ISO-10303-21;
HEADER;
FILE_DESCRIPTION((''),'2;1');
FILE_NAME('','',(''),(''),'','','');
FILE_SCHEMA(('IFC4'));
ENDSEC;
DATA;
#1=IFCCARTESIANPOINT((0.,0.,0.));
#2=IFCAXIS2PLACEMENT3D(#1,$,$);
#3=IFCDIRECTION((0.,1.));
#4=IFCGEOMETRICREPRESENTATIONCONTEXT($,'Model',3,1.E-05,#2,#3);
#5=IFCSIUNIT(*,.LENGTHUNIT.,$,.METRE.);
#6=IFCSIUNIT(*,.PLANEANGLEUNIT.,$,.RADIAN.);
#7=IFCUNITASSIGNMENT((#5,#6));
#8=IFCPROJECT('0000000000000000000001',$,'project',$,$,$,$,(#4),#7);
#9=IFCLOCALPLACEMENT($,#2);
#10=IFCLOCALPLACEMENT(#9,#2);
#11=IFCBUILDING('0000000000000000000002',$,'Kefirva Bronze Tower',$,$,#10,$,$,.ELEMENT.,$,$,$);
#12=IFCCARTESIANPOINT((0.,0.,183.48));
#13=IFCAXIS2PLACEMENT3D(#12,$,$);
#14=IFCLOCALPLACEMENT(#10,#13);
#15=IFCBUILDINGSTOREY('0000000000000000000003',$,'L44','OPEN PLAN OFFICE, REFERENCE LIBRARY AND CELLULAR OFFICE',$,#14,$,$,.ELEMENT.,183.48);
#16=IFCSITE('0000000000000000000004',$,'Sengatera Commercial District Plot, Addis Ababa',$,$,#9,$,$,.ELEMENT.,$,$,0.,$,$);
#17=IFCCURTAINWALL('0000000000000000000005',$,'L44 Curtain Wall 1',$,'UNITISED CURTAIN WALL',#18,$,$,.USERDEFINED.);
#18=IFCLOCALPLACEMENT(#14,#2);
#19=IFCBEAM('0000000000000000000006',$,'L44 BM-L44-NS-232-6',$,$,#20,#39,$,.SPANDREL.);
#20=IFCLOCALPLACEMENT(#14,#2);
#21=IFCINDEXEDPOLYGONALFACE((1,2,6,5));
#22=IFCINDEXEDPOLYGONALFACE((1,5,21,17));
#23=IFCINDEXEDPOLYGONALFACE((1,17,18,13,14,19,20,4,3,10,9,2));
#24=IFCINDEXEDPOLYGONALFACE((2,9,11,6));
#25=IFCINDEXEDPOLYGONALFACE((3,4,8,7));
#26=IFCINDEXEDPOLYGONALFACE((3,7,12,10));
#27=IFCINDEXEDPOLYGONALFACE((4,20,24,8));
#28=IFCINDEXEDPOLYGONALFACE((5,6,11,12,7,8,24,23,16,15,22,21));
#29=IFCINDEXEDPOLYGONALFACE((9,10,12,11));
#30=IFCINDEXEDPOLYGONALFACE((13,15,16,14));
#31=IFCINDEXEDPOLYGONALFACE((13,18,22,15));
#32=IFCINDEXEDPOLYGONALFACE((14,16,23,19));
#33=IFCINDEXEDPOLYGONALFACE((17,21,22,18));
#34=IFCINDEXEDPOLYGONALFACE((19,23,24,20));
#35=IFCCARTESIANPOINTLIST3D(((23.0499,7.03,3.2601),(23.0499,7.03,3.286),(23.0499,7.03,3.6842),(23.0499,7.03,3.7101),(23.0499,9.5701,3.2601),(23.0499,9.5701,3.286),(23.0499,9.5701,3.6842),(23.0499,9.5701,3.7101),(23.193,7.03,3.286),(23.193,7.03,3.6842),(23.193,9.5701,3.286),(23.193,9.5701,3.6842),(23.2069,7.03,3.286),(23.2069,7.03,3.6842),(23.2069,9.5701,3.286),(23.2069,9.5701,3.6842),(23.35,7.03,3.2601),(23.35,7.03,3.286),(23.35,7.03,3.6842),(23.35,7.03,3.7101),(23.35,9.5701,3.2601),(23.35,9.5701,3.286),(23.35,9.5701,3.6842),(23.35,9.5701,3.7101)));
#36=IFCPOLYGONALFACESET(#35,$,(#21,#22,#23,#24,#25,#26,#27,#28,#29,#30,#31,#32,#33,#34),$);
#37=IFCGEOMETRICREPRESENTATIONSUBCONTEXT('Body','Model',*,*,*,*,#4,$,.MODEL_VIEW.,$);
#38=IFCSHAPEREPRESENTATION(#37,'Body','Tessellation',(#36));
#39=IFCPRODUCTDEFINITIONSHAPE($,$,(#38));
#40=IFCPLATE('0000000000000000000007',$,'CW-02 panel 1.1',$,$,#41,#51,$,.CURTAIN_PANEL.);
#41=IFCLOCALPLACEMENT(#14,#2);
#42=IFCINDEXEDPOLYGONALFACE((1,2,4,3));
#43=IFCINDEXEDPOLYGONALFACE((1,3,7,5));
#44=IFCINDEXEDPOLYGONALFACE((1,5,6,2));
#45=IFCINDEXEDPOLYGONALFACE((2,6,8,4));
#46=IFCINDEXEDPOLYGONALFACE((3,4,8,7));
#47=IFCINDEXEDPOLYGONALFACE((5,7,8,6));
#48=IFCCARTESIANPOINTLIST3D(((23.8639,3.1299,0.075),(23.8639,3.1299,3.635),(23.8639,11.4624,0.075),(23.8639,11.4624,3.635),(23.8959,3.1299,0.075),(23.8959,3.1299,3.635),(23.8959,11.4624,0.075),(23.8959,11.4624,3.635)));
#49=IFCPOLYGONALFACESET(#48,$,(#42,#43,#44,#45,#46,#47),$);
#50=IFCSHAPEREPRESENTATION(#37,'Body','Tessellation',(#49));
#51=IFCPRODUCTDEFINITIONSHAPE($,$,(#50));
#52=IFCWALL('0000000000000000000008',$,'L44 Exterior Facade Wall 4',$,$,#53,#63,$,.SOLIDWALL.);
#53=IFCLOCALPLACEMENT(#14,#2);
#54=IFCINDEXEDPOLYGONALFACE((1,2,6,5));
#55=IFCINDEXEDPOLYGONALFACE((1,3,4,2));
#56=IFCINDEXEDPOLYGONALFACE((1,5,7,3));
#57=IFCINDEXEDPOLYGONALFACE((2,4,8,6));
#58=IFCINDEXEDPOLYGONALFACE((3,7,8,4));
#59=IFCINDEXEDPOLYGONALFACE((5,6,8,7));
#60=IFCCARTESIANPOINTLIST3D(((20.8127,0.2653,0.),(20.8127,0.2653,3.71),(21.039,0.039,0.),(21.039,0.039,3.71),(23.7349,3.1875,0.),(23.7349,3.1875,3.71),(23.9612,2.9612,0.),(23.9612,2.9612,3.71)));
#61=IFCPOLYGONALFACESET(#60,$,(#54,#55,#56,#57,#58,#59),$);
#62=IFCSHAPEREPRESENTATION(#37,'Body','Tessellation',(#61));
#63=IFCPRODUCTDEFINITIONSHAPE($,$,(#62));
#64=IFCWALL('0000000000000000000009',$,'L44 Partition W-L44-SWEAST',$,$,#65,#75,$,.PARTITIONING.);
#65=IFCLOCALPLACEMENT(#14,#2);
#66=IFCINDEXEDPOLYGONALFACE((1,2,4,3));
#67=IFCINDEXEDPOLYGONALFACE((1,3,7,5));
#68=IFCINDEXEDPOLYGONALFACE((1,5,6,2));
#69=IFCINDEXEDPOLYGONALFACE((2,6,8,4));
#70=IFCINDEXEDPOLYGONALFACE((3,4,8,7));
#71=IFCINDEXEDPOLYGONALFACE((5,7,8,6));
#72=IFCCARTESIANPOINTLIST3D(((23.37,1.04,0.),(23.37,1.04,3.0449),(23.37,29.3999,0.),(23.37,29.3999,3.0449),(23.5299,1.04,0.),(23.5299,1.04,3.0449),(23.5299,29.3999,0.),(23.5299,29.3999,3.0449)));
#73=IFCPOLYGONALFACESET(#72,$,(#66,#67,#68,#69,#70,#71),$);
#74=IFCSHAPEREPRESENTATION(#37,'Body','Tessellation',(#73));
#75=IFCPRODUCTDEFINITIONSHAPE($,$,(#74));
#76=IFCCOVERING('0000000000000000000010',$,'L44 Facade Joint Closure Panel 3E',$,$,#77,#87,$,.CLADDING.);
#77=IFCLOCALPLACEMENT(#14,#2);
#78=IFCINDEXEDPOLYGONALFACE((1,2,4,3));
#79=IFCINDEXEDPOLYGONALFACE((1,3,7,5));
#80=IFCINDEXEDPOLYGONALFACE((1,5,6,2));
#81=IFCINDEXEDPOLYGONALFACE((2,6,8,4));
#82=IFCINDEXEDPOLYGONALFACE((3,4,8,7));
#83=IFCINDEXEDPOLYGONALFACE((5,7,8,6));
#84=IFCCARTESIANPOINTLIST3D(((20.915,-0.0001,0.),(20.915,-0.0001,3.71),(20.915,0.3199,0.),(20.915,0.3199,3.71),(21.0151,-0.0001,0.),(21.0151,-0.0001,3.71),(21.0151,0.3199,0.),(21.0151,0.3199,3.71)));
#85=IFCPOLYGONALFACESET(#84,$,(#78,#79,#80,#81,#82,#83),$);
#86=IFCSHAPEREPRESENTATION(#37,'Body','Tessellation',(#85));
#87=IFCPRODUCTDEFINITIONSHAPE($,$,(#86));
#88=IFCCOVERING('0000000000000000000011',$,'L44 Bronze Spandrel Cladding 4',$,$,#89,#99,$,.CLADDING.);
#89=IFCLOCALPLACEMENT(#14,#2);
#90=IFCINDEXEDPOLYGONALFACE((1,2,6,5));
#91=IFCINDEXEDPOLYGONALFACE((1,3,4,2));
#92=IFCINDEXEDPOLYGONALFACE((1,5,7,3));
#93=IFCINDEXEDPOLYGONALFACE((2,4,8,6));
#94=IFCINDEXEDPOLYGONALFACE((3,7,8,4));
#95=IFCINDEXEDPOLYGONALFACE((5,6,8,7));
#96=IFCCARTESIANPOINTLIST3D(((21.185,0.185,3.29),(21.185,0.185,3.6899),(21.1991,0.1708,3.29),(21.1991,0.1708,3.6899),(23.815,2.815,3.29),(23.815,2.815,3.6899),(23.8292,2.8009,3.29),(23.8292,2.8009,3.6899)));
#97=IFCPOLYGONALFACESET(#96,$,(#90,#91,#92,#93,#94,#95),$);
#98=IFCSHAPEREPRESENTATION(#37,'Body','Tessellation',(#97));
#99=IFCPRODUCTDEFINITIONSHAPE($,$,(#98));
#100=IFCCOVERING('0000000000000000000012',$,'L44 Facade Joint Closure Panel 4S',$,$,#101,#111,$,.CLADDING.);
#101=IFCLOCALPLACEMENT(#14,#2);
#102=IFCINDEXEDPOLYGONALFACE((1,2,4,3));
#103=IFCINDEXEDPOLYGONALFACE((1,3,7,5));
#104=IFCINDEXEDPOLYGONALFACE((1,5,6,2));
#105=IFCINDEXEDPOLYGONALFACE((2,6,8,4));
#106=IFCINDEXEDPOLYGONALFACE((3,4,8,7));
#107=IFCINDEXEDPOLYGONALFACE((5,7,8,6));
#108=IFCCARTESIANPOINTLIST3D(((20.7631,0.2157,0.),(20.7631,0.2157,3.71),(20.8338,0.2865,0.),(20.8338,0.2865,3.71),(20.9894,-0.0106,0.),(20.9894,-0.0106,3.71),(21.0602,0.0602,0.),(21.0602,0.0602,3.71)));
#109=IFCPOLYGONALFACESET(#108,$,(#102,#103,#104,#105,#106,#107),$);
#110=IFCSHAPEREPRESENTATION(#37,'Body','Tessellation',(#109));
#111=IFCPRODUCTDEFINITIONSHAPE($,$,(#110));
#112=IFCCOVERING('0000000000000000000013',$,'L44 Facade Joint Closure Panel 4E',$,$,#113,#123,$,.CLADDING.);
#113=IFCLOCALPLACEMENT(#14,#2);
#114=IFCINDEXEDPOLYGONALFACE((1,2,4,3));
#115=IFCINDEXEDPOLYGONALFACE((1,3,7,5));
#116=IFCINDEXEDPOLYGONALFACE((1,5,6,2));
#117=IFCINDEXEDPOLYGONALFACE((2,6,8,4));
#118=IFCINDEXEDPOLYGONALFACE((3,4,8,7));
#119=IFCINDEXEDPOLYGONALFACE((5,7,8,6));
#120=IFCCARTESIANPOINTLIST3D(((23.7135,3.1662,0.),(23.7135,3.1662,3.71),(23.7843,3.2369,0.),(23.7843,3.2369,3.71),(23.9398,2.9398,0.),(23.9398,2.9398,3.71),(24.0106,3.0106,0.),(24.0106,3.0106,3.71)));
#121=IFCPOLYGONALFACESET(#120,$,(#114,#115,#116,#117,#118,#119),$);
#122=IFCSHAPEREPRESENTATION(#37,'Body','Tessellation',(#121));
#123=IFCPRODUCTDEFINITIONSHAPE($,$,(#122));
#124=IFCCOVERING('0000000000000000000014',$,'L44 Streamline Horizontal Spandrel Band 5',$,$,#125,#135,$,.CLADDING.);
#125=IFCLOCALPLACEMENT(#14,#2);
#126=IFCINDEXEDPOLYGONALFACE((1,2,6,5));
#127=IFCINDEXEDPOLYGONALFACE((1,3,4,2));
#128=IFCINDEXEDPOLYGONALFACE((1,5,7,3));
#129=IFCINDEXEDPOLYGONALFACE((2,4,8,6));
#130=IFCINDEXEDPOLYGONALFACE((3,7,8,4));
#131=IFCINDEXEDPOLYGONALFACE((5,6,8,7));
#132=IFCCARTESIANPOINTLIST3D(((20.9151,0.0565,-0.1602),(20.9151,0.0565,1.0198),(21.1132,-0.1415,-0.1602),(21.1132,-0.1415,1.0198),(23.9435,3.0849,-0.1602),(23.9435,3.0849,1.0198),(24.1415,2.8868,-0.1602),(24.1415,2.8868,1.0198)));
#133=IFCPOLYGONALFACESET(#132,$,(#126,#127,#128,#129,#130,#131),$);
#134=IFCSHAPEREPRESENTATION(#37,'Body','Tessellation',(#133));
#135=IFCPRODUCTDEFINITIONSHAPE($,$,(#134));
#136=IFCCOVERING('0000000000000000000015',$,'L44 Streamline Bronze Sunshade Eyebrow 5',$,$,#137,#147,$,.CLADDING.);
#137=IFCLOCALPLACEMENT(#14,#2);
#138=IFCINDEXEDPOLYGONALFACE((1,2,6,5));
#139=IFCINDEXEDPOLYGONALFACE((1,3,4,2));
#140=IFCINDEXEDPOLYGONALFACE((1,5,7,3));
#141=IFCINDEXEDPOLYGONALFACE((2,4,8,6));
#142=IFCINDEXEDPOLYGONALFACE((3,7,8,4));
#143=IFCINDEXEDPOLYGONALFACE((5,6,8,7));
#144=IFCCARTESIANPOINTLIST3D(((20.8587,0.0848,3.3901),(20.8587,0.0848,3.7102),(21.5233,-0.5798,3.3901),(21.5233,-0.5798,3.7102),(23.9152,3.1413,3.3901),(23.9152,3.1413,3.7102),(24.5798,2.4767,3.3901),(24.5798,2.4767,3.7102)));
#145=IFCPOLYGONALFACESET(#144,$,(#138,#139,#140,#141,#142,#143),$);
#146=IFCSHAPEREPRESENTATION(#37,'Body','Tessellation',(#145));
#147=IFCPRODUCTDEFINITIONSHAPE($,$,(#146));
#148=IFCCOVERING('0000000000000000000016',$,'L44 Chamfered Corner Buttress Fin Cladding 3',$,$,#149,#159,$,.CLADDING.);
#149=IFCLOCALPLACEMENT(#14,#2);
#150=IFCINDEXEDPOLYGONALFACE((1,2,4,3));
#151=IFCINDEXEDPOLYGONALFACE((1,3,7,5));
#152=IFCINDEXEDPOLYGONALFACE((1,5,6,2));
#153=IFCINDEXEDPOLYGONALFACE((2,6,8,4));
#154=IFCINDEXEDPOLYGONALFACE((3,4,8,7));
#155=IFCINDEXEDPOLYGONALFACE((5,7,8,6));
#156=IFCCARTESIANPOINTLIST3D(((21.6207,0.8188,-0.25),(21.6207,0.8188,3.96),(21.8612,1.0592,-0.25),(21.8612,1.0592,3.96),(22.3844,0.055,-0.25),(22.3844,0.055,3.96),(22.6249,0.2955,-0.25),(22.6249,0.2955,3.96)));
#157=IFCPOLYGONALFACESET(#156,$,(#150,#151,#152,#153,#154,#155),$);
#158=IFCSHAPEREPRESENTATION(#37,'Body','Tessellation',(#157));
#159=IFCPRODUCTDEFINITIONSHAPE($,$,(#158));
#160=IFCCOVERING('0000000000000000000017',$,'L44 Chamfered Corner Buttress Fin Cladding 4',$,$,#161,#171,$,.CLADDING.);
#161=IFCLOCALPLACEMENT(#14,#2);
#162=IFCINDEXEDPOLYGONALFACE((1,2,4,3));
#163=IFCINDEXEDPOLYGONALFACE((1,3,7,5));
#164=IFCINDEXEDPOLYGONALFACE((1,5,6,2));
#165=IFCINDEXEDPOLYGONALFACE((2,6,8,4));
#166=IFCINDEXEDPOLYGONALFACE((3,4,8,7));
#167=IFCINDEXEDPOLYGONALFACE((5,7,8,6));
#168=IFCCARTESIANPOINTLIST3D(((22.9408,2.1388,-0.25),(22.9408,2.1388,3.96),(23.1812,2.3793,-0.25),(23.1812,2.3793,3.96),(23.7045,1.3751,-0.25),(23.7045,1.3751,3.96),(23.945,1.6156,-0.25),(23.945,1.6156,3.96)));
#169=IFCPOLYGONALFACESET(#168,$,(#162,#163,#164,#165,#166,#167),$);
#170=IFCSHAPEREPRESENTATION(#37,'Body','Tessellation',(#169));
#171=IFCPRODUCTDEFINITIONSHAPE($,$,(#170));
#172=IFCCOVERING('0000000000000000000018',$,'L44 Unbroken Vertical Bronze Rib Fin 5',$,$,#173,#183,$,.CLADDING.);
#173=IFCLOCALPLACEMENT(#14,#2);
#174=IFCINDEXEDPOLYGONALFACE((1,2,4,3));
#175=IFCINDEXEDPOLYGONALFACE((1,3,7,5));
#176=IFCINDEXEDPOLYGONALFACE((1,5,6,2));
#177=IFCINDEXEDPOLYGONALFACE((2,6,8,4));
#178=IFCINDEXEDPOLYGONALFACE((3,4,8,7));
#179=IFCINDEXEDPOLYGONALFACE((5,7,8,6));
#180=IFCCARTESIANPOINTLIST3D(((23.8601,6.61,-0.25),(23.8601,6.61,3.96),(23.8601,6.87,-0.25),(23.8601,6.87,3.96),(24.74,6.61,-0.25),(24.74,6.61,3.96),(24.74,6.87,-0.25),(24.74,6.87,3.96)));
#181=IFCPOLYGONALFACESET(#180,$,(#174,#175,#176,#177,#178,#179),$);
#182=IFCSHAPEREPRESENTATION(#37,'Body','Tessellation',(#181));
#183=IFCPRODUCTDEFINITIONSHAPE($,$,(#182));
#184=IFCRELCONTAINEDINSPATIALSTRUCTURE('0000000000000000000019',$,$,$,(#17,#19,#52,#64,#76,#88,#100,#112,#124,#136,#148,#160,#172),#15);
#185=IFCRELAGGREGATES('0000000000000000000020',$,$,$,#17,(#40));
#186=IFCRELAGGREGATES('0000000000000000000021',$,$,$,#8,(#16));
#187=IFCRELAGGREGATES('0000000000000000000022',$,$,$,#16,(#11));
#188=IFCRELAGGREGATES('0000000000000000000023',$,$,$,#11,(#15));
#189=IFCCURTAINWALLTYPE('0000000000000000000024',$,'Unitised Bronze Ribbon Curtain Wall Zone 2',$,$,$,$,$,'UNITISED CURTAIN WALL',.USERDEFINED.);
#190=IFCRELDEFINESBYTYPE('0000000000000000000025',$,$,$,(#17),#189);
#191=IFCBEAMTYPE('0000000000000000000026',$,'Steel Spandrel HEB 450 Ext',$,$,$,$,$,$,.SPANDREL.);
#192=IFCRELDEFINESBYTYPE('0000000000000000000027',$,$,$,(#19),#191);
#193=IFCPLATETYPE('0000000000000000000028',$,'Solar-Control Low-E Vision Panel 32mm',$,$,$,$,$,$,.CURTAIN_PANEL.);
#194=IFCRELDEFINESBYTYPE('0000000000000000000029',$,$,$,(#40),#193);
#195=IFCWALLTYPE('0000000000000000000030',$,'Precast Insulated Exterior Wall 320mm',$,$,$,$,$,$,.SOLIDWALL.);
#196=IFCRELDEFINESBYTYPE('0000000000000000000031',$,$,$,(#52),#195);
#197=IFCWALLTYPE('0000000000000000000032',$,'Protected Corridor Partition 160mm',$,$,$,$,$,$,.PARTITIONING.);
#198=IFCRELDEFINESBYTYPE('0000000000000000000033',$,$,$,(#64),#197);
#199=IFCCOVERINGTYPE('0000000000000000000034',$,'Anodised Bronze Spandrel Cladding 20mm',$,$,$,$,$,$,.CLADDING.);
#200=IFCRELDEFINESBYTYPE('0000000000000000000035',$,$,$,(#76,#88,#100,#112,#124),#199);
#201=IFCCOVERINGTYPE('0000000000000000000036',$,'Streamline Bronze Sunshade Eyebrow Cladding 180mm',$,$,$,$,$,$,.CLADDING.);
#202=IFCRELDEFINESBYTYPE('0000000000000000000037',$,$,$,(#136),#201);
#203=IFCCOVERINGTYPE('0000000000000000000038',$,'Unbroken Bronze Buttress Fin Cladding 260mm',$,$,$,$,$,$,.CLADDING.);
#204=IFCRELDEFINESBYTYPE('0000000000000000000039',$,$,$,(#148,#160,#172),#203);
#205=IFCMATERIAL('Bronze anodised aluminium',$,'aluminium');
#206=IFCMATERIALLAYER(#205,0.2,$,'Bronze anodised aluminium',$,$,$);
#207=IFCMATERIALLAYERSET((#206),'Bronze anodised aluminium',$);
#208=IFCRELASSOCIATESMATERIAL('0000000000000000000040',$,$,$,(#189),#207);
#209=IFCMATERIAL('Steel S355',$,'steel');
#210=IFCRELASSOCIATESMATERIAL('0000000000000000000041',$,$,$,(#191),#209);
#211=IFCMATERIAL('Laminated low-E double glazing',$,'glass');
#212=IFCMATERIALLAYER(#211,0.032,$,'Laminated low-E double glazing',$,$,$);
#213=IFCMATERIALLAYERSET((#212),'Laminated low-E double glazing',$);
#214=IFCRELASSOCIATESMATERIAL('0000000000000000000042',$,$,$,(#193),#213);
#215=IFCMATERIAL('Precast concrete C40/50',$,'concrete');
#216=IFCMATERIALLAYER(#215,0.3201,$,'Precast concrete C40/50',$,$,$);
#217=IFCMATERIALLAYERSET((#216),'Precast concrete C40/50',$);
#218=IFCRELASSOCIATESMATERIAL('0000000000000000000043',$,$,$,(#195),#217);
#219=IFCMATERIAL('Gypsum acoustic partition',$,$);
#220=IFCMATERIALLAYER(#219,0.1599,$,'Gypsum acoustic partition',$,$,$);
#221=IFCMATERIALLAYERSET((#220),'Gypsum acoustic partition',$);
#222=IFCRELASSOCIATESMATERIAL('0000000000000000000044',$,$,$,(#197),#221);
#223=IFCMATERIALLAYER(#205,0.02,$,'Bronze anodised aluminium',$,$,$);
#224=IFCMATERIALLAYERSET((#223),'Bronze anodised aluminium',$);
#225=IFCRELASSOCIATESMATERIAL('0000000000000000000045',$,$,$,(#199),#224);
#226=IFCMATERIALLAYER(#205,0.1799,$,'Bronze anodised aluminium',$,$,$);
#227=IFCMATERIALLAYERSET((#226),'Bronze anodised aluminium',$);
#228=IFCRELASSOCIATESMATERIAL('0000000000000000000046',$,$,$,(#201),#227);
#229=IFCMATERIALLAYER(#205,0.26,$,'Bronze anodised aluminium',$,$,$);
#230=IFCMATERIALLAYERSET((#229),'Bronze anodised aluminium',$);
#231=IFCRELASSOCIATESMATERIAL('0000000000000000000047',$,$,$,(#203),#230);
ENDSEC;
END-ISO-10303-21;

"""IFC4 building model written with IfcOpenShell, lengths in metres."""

from ifc_helpers import new_model, si_unit, direction, frame, frame_2d, origin, origin_2d, place, context, subcontext, project, spatial, rectangle, i_section, extrude, material, layer, layer_set, material_profile, profile_set, type_object, element, aggregate, save


model = new_model("IFC4")

# Units and contexts
model_context = context("Model", 3, precision=1e-05, world=origin(), true_north=direction((0.0, 1.0)))
body_context = subcontext(model_context, "Body", "Model", "MODEL_VIEW")
ifc_project = project(units=[si_unit("LENGTHUNIT", "METRE"), si_unit("PLANEANGLEUNIT", "RADIAN")], contexts=[model_context])

# Site, building, storey
site_placement = place(None, origin())
site = spatial("IfcSite", under=ifc_project, at=site_placement, Name="Sengatera Commercial District Plot, Addis Ababa", CompositionType="ELEMENT", RefElevation=0.0)
building_placement = place(site_placement, origin())
building = spatial("IfcBuilding", under=site, at=building_placement, Name="Kefirva Bronze Tower", CompositionType="ELEMENT")
storey_placement = place(building_placement, frame((0.0, 0.0, 183.48)))
storey = spatial("IfcBuildingStorey", under=building, at=storey_placement, Name="L44", Description="OPEN PLAN OFFICE, REFERENCE LIBRARY AND CELLULAR OFFICE", CompositionType="ELEMENT", Elevation=183.48)

# Curtain wall
ifc_material_1 = material(Name="Bronze anodised aluminium", Category="aluminium")
ifc_layer_1 = layer(ifc_material_1, 0.2, Name="Bronze anodised aluminium")
ifc_layer_set_1 = layer_set([ifc_layer_1], Name="Bronze anodised aluminium")
curtain_wall_type = type_object("IfcCurtainWallType", Name="Unitised Bronze Ribbon Curtain Wall Zone 2", ElementType="UNITISED CURTAIN WALL", PredefinedType="USERDEFINED", material=ifc_layer_set_1)
curtain_wall_placement = place(storey_placement, origin())
curtain_wall = element("IfcCurtainWall", 1, at=curtain_wall_placement, inside=storey, type_object=curtain_wall_type, Name="L44 Curtain Wall 1", ObjectType="UNITISED CURTAIN WALL", PredefinedType="USERDEFINED")

# Beam
ifc_material_2 = material(Name="Steel S355", Category="steel")
ifc_material_profile_1 = material_profile(ifc_material_2, i_section(OverallWidth=0.3, OverallDepth=0.45, WebThickness=0.0139, FlangeThickness=0.0259, at=origin_2d()), Name="HEB 450")
ifc_profile_set_1 = profile_set([ifc_material_profile_1], Name="Steel S355")
beam_type_1 = type_object("IfcBeamType", Name="Steel Spandrel HEB 450 Ext", PredefinedType="SPANDREL", material=ifc_profile_set_1)
beam_1_placement = place(storey_placement, frame((23.2, 7.03, 3.4851), z_axis=(0.0, 1.0, 0.0), x_axis=(-1.0, 0.0, 0.0)))
element("IfcBeam", 2, at=beam_1_placement, inside=storey, type_object=beam_type_1, Name="L44 BM-L44-NS-232-6", PredefinedType="SPANDREL", context=body_context, shape_type="SweptSolid", body=[
    extrude(i_section(OverallWidth=0.3, OverallDepth=0.45, WebThickness=0.0139, FlangeThickness=0.0259, at=origin_2d()), origin(), (0.0, 0.0, 1.0), 2.54),
])

# Plate
ifc_material_3 = material(Name="Laminated low-E double glazing", Category="glass")
ifc_layer_2 = layer(ifc_material_3, 0.032, Name="Laminated low-E double glazing")
ifc_layer_set_2 = layer_set([ifc_layer_2], Name="Laminated low-E double glazing")
plate_type = type_object("IfcPlateType", Name="Solar-Control Low-E Vision Panel 32mm", PredefinedType="CURTAIN_PANEL", material=ifc_layer_set_2)
plate_placement = place(storey_placement, frame((23.8799, 7.2961, 0.075), z_axis=(0.0, 0.0, 1.0), x_axis=(0.0, 1.0, 0.0)))
plate = element("IfcPlate", 3, at=plate_placement, type_object=plate_type, Name="CW-02 panel 1.1", PredefinedType="CURTAIN_PANEL", context=body_context, shape_type="SweptSolid", body=[
    extrude(rectangle(XDim=8.3325, YDim=0.032, at=origin_2d()), origin(), (0.0, 0.0, 1.0), 3.5601),
])
aggregate(curtain_wall, [plate])

# Walls
ifc_material_4 = material(Name="Precast concrete C40/50", Category="concrete")
ifc_layer_3 = layer(ifc_material_4, 0.3201, Name="Precast concrete C40/50")
ifc_layer_set_3 = layer_set([ifc_layer_3], Name="Precast concrete C40/50")
wall_type_1 = type_object("IfcWallType", Name="Precast Insulated Exterior Wall 320mm", PredefinedType="SOLIDWALL", material=ifc_layer_set_3)
wall_1_placement = place(storey_placement, frame((20.9258, 0.1521, 0.0), z_axis=(0.0, 0.0, 1.0), x_axis=(0.707107, 0.707107, 0.0)))
element("IfcWall", 4, at=wall_1_placement, inside=storey, type_object=wall_type_1, Name="L44 Exterior Facade Wall 4", PredefinedType="SOLIDWALL", context=body_context, shape_type="SweptSolid", body=[
    extrude(rectangle(XDim=4.1326, YDim=0.3201, at=frame_2d((2.0664, 0.0))), origin(), (0.0, 0.0, 1.0), 3.71),
])
ifc_material_5 = material(Name="Gypsum acoustic partition")
ifc_layer_4 = layer(ifc_material_5, 0.1599, Name="Gypsum acoustic partition")
ifc_layer_set_4 = layer_set([ifc_layer_4], Name="Gypsum acoustic partition")
wall_type_2 = type_object("IfcWallType", Name="Protected Corridor Partition 160mm", PredefinedType="PARTITIONING", material=ifc_layer_set_4)
wall_2_placement = place(storey_placement, frame((23.45, 1.04, 0.0), z_axis=(0.0, 0.0, 1.0), x_axis=(0.0, 1.0, 0.0)))
element("IfcWall", 5, at=wall_2_placement, inside=storey, type_object=wall_type_2, Name="L44 Partition W-L44-SWEAST", PredefinedType="PARTITIONING", context=body_context, shape_type="SweptSolid", body=[
    extrude(rectangle(XDim=28.3599, YDim=0.1599, at=frame_2d((14.1799, 0.0))), origin(), (0.0, 0.0, 1.0), 3.0449),
])

# Coverings
ifc_layer_5 = layer(ifc_material_1, 0.02, Name="Bronze anodised aluminium")
ifc_layer_set_5 = layer_set([ifc_layer_5], Name="Bronze anodised aluminium")
covering_type_1 = type_object("IfcCoveringType", Name="Anodised Bronze Spandrel Cladding 20mm", PredefinedType="CLADDING", material=ifc_layer_set_5)
covering_1_placement = place(storey_placement, frame((20.9651, 0.1599, 0.0), z_axis=(0.0, 0.0, 1.0), x_axis=(1.0, 0.0, 0.0)))
element("IfcCovering", 6, at=covering_1_placement, inside=storey, type_object=covering_type_1, Name="L44 Facade Joint Closure Panel 3E", PredefinedType="CLADDING", context=body_context, shape_type="SweptSolid", body=[
    extrude(rectangle(XDim=0.1001, YDim=0.3201, at=origin_2d()), origin(), (0.0, 0.0, 1.0), 3.71),
])
covering_2_placement = place(storey_placement, frame((22.5071, 1.4929, 3.29), z_axis=(0.0, 0.0, 1.0), x_axis=(0.707107, 0.707107, 0.0)))
element("IfcCovering", 7, at=covering_2_placement, inside=storey, type_object=covering_type_1, Name="L44 Bronze Spandrel Cladding 4", PredefinedType="CLADDING", context=body_context, shape_type="SweptSolid", body=[
    extrude(rectangle(XDim=3.7195, YDim=0.02, at=origin_2d()), origin(), (0.0, 0.0, 1.0), 0.3999),
])
for number, where, z_axis, x_axis, name in (
    (8, (20.9116, 0.1379, 0.0), (0.0, 0.0, 1.0), (0.707107, 0.707107, 0.0), "L44 Facade Joint Closure Panel 4S"),
    (9, (23.8621, 3.0884, 0.0), (0.0, 0.0, 1.0), (0.707107, 0.707107, 0.0), "L44 Facade Joint Closure Panel 4E"),
):
    element("IfcCovering", number, at=place(storey_placement, frame(where, z_axis=z_axis, x_axis=x_axis)), inside=storey, type_object=covering_type_1, Name=name, PredefinedType="CLADDING", context=body_context, shape_type="SweptSolid", body=[
        extrude(rectangle(XDim=0.1001, YDim=0.3201, at=origin_2d()), origin(), (0.0, 0.0, 1.0), 3.71),
    ])
covering_3_placement = place(storey_placement, frame((22.5283, 1.4717, -0.1602), z_axis=(0.0, 0.0, 1.0), x_axis=(0.707107, 0.707107, 0.0)))
element("IfcCovering", 10, at=covering_3_placement, inside=storey, type_object=covering_type_1, Name="L44 Streamline Horizontal Spandrel Band 5", PredefinedType="CLADDING", context=body_context, shape_type="SweptSolid", body=[
    extrude(rectangle(XDim=4.2827, YDim=0.28, at=origin_2d()), origin(), (0.0, 0.0, 1.0), 1.1799),
])
ifc_layer_6 = layer(ifc_material_1, 0.1799, Name="Bronze anodised aluminium")
ifc_layer_set_6 = layer_set([ifc_layer_6], Name="Bronze anodised aluminium")
covering_type_2 = type_object("IfcCoveringType", Name="Streamline Bronze Sunshade Eyebrow Cladding 180mm", PredefinedType="CLADDING", material=ifc_layer_set_6)
covering_4_placement = place(storey_placement, frame((22.7192, 1.2808, 3.3901), z_axis=(0.0, 0.0, 1.0), x_axis=(0.707107, 0.707107, 0.0)))
element("IfcCovering", 11, at=covering_4_placement, inside=storey, type_object=covering_type_2, Name="L44 Streamline Bronze Sunshade Eyebrow 5", PredefinedType="CLADDING", context=body_context, shape_type="SweptSolid", body=[
    extrude(rectangle(XDim=4.3225, YDim=0.9399, at=origin_2d()), origin(), (0.0, 0.0, 1.0), 0.3201),
])
ifc_layer_7 = layer(ifc_material_1, 0.26, Name="Bronze anodised aluminium")
ifc_layer_set_7 = layer_set([ifc_layer_7], Name="Bronze anodised aluminium")
covering_type_3 = type_object("IfcCoveringType", Name="Unbroken Bronze Buttress Fin Cladding 260mm", PredefinedType="CLADDING", material=ifc_layer_set_7)
for number, where, z_axis, x_axis, name in (
    (12, (22.1228, 0.5571, -0.25), (0.0, 0.0, 1.0), (0.707107, 0.707107, 0.0), "L44 Chamfered Corner Buttress Fin Cladding 3"),
    (13, (23.4429, 1.8772, -0.25), (0.0, 0.0, 1.0), (0.707107, 0.707107, 0.0), "L44 Chamfered Corner Buttress Fin Cladding 4"),
):
    element("IfcCovering", number, at=place(storey_placement, frame(where, z_axis=z_axis, x_axis=x_axis)), inside=storey, type_object=covering_type_3, Name=name, PredefinedType="CLADDING", context=body_context, shape_type="SweptSolid", body=[
        extrude(rectangle(XDim=0.3401, YDim=1.0801, at=origin_2d()), origin(), (0.0, 0.0, 1.0), 4.21),
    ])
covering_5_placement = place(storey_placement, frame((24.3, 6.74, -0.25), z_axis=(0.0, 0.0, 1.0), x_axis=(0.0, 1.0, 0.0)))
element("IfcCovering", 14, at=covering_5_placement, inside=storey, type_object=covering_type_3, Name="L44 Unbroken Vertical Bronze Rib Fin 5", PredefinedType="CLADDING", context=body_context, shape_type="SweptSolid", body=[
    extrude(rectangle(XDim=0.26, YDim=0.8799, at=origin_2d()), origin(), (0.0, 0.0, 1.0), 4.21),
])

save(model, "model.ifc")
